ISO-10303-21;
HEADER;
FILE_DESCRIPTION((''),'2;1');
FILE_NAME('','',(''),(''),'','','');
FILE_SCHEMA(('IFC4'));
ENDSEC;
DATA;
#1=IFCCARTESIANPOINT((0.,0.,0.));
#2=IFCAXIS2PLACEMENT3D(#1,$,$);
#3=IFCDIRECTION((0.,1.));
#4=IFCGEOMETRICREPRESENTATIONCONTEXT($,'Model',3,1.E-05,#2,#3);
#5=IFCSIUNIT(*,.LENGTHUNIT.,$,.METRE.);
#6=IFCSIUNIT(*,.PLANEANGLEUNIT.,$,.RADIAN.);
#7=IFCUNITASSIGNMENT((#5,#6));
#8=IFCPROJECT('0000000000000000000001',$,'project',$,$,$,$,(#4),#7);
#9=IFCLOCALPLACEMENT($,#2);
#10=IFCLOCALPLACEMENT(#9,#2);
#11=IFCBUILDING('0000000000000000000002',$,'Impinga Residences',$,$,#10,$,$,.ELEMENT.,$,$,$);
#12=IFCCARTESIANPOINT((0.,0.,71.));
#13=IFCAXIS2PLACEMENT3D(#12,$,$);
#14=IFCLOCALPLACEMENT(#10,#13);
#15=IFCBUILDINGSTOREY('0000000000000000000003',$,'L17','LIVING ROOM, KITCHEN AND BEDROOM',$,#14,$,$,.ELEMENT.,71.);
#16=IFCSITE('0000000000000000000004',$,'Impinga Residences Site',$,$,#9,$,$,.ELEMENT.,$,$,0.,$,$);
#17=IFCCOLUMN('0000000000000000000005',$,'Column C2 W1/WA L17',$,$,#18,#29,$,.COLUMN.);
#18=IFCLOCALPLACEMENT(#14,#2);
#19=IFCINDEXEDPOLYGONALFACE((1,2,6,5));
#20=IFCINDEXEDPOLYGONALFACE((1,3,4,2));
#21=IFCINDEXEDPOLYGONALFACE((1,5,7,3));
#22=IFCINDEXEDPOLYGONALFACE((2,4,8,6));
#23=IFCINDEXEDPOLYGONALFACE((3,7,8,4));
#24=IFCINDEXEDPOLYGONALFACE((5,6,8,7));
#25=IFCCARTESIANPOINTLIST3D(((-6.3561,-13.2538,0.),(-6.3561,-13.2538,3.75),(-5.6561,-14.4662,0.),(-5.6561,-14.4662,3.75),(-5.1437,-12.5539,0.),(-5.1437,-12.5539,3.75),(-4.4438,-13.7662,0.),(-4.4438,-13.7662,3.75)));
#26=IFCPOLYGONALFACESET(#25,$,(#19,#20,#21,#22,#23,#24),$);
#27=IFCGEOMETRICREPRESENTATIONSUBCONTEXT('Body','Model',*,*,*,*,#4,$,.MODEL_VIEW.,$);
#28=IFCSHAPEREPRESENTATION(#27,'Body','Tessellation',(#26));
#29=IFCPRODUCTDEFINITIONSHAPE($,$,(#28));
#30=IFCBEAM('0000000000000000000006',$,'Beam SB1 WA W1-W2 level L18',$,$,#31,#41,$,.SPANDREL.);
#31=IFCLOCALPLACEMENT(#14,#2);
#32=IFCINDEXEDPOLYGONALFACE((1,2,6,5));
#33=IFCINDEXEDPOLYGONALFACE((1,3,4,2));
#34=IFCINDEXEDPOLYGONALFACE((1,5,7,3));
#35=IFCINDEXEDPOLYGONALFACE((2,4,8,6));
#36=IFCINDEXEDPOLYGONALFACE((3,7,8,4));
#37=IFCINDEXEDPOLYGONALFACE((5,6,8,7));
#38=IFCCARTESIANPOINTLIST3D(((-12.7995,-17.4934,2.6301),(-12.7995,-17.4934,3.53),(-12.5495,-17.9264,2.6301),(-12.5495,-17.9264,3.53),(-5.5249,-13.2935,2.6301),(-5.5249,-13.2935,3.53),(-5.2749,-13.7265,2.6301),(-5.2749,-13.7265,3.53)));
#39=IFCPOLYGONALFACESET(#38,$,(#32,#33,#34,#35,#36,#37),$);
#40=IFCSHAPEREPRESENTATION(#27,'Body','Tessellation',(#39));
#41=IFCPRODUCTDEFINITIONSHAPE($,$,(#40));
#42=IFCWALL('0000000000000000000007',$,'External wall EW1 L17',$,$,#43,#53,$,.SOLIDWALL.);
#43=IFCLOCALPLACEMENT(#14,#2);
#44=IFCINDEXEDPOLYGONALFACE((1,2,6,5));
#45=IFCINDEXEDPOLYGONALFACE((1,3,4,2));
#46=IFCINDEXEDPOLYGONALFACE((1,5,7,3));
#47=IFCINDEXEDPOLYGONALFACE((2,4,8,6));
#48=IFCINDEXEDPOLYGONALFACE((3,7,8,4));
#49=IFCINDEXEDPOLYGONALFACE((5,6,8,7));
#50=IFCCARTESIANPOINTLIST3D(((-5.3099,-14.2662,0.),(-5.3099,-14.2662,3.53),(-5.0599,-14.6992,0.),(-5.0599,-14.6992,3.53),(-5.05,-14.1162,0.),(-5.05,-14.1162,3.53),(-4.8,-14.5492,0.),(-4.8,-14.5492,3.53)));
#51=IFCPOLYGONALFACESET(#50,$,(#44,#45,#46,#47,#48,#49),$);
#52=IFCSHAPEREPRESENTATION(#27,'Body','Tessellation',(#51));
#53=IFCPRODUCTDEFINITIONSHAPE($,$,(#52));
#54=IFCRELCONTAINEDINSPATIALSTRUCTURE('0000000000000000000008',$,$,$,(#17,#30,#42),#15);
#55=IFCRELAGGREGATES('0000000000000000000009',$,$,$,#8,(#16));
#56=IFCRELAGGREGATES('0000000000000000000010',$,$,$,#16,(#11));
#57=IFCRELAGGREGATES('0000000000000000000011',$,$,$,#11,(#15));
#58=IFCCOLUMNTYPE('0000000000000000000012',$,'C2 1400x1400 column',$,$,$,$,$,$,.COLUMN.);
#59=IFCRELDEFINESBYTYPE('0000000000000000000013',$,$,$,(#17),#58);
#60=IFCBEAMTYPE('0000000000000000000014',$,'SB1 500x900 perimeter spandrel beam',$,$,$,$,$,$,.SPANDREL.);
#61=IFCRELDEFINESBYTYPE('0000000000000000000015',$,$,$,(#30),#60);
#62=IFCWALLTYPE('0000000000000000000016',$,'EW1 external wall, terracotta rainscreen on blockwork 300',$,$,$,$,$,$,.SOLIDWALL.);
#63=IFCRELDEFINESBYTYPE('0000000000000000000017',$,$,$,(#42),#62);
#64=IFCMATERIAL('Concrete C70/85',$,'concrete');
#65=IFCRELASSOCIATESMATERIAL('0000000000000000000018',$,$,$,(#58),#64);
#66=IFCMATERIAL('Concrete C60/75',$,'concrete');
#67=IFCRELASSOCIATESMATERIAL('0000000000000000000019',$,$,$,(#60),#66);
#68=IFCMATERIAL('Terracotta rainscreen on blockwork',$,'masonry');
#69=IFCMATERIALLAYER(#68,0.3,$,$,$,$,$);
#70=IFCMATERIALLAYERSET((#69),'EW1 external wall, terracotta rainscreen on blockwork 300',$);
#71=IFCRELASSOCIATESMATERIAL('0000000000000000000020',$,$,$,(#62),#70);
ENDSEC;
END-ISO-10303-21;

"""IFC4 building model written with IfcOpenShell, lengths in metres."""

from ifc_helpers import new_model, si_unit, direction, frame, frame_2d, origin, origin_2d, place, context, subcontext, project, spatial, rectangle, extrude, material, layer, layer_set, material_profile, profile_set, type_object, element, save


model = new_model("IFC4")

# Units and contexts
model_context = context("Model", 3, precision=1e-05, world=origin(), true_north=direction((0.0, 1.0)))
body_context = subcontext(model_context, "Body", "Model", "MODEL_VIEW")
ifc_project = project(units=[si_unit("LENGTHUNIT", "METRE"), si_unit("PLANEANGLEUNIT", "RADIAN")], contexts=[model_context])

# Site, building, storey
site_placement = place(None, origin())
site = spatial("IfcSite", under=ifc_project, at=site_placement, Name="Impinga Residences Site", CompositionType="ELEMENT", RefElevation=0.0)
building_placement = place(site_placement, origin())
building = spatial("IfcBuilding", under=site, at=building_placement, Name="Impinga Residences", CompositionType="ELEMENT")
storey_placement = place(building_placement, frame((0.0, 0.0, 71.0)))
storey = spatial("IfcBuildingStorey", under=building, at=storey_placement, Name="L17", Description="LIVING ROOM, KITCHEN AND BEDROOM", CompositionType="ELEMENT", Elevation=71.0)

# Column
ifc_material_1 = material(Name="Concrete C70/85", Category="concrete")
ifc_material_profile_1 = material_profile(ifc_material_1, rectangle(XDim=1.3999, YDim=1.3999, at=origin_2d()), Name="RC 1400x1400")
ifc_profile_set_1 = profile_set([ifc_material_profile_1], Name="Concrete C70/85")
column_type = type_object("IfcColumnType", Name="C2 1400x1400 column", PredefinedType="COLUMN", material=ifc_profile_set_1)
column_placement = place(storey_placement, frame((-5.3999, -13.51, 0.0), z_axis=(0.0, 0.0, 1.0), x_axis=(-0.5, 0.866025, 0.0)))
element("IfcColumn", 1, at=column_placement, inside=storey, type_object=column_type, Name="Column C2 W1/WA L17", PredefinedType="COLUMN", context=body_context, shape_type="SweptSolid", body=[
    extrude(rectangle(XDim=1.3999, YDim=1.3999, at=origin_2d()), origin(), (0.0, 0.0, 1.0), 3.75),
])

# Beam
ifc_material_2 = material(Name="Concrete C60/75", Category="concrete")
ifc_material_profile_2 = material_profile(ifc_material_2, rectangle(XDim=0.5, YDim=0.8999, at=origin_2d()), Name="RC 500x900")
ifc_profile_set_2 = profile_set([ifc_material_profile_2], Name="Concrete C60/75")
beam_type = type_object("IfcBeamType", Name="SB1 500x900 perimeter spandrel beam", PredefinedType="SPANDREL", material=ifc_profile_set_2)
beam_placement = place(storey_placement, frame((-5.3999, -13.51, 3.0801), z_axis=(-0.866029, -0.499993, 0.0), x_axis=(0.499993, -0.866029, 0.0)))
element("IfcBeam", 2, at=beam_placement, inside=storey, type_object=beam_type, Name="Beam SB1 WA W1-W2 level L18", PredefinedType="SPANDREL", context=body_context, shape_type="SweptSolid", body=[
    extrude(rectangle(XDim=0.5, YDim=0.8999, at=origin_2d()), origin(), (0.0, 0.0, 1.0), 8.3999),
])

# Wall
ifc_material_3 = material(Name="Terracotta rainscreen on blockwork", Category="masonry")
ifc_layer_1 = layer(ifc_material_3, 0.3)
ifc_layer_set_1 = layer_set([ifc_layer_1], Name="EW1 external wall, terracotta rainscreen on blockwork 300")
wall_type_1 = type_object("IfcWallType", Name="EW1 external wall, terracotta rainscreen on blockwork 300", PredefinedType="SOLIDWALL", material=ifc_layer_set_1)
wall_1_placement = place(storey_placement, frame((-5.1799, -14.1912, 0.0), z_axis=(0.0, 0.0, 1.0), x_axis=(0.49992, -0.866072, 0.0)))
element("IfcWall", 3, at=wall_1_placement, inside=storey, type_object=wall_type_1, Name="External wall EW1 L17", PredefinedType="SOLIDWALL", context=body_context, shape_type="SweptSolid", body=[
    extrude(rectangle(XDim=0.5, YDim=0.3, at=frame_2d((0.25, 0.0))), origin(), (0.0, 0.0, 1.0), 3.53),
])

save(model, "model.ifc")
